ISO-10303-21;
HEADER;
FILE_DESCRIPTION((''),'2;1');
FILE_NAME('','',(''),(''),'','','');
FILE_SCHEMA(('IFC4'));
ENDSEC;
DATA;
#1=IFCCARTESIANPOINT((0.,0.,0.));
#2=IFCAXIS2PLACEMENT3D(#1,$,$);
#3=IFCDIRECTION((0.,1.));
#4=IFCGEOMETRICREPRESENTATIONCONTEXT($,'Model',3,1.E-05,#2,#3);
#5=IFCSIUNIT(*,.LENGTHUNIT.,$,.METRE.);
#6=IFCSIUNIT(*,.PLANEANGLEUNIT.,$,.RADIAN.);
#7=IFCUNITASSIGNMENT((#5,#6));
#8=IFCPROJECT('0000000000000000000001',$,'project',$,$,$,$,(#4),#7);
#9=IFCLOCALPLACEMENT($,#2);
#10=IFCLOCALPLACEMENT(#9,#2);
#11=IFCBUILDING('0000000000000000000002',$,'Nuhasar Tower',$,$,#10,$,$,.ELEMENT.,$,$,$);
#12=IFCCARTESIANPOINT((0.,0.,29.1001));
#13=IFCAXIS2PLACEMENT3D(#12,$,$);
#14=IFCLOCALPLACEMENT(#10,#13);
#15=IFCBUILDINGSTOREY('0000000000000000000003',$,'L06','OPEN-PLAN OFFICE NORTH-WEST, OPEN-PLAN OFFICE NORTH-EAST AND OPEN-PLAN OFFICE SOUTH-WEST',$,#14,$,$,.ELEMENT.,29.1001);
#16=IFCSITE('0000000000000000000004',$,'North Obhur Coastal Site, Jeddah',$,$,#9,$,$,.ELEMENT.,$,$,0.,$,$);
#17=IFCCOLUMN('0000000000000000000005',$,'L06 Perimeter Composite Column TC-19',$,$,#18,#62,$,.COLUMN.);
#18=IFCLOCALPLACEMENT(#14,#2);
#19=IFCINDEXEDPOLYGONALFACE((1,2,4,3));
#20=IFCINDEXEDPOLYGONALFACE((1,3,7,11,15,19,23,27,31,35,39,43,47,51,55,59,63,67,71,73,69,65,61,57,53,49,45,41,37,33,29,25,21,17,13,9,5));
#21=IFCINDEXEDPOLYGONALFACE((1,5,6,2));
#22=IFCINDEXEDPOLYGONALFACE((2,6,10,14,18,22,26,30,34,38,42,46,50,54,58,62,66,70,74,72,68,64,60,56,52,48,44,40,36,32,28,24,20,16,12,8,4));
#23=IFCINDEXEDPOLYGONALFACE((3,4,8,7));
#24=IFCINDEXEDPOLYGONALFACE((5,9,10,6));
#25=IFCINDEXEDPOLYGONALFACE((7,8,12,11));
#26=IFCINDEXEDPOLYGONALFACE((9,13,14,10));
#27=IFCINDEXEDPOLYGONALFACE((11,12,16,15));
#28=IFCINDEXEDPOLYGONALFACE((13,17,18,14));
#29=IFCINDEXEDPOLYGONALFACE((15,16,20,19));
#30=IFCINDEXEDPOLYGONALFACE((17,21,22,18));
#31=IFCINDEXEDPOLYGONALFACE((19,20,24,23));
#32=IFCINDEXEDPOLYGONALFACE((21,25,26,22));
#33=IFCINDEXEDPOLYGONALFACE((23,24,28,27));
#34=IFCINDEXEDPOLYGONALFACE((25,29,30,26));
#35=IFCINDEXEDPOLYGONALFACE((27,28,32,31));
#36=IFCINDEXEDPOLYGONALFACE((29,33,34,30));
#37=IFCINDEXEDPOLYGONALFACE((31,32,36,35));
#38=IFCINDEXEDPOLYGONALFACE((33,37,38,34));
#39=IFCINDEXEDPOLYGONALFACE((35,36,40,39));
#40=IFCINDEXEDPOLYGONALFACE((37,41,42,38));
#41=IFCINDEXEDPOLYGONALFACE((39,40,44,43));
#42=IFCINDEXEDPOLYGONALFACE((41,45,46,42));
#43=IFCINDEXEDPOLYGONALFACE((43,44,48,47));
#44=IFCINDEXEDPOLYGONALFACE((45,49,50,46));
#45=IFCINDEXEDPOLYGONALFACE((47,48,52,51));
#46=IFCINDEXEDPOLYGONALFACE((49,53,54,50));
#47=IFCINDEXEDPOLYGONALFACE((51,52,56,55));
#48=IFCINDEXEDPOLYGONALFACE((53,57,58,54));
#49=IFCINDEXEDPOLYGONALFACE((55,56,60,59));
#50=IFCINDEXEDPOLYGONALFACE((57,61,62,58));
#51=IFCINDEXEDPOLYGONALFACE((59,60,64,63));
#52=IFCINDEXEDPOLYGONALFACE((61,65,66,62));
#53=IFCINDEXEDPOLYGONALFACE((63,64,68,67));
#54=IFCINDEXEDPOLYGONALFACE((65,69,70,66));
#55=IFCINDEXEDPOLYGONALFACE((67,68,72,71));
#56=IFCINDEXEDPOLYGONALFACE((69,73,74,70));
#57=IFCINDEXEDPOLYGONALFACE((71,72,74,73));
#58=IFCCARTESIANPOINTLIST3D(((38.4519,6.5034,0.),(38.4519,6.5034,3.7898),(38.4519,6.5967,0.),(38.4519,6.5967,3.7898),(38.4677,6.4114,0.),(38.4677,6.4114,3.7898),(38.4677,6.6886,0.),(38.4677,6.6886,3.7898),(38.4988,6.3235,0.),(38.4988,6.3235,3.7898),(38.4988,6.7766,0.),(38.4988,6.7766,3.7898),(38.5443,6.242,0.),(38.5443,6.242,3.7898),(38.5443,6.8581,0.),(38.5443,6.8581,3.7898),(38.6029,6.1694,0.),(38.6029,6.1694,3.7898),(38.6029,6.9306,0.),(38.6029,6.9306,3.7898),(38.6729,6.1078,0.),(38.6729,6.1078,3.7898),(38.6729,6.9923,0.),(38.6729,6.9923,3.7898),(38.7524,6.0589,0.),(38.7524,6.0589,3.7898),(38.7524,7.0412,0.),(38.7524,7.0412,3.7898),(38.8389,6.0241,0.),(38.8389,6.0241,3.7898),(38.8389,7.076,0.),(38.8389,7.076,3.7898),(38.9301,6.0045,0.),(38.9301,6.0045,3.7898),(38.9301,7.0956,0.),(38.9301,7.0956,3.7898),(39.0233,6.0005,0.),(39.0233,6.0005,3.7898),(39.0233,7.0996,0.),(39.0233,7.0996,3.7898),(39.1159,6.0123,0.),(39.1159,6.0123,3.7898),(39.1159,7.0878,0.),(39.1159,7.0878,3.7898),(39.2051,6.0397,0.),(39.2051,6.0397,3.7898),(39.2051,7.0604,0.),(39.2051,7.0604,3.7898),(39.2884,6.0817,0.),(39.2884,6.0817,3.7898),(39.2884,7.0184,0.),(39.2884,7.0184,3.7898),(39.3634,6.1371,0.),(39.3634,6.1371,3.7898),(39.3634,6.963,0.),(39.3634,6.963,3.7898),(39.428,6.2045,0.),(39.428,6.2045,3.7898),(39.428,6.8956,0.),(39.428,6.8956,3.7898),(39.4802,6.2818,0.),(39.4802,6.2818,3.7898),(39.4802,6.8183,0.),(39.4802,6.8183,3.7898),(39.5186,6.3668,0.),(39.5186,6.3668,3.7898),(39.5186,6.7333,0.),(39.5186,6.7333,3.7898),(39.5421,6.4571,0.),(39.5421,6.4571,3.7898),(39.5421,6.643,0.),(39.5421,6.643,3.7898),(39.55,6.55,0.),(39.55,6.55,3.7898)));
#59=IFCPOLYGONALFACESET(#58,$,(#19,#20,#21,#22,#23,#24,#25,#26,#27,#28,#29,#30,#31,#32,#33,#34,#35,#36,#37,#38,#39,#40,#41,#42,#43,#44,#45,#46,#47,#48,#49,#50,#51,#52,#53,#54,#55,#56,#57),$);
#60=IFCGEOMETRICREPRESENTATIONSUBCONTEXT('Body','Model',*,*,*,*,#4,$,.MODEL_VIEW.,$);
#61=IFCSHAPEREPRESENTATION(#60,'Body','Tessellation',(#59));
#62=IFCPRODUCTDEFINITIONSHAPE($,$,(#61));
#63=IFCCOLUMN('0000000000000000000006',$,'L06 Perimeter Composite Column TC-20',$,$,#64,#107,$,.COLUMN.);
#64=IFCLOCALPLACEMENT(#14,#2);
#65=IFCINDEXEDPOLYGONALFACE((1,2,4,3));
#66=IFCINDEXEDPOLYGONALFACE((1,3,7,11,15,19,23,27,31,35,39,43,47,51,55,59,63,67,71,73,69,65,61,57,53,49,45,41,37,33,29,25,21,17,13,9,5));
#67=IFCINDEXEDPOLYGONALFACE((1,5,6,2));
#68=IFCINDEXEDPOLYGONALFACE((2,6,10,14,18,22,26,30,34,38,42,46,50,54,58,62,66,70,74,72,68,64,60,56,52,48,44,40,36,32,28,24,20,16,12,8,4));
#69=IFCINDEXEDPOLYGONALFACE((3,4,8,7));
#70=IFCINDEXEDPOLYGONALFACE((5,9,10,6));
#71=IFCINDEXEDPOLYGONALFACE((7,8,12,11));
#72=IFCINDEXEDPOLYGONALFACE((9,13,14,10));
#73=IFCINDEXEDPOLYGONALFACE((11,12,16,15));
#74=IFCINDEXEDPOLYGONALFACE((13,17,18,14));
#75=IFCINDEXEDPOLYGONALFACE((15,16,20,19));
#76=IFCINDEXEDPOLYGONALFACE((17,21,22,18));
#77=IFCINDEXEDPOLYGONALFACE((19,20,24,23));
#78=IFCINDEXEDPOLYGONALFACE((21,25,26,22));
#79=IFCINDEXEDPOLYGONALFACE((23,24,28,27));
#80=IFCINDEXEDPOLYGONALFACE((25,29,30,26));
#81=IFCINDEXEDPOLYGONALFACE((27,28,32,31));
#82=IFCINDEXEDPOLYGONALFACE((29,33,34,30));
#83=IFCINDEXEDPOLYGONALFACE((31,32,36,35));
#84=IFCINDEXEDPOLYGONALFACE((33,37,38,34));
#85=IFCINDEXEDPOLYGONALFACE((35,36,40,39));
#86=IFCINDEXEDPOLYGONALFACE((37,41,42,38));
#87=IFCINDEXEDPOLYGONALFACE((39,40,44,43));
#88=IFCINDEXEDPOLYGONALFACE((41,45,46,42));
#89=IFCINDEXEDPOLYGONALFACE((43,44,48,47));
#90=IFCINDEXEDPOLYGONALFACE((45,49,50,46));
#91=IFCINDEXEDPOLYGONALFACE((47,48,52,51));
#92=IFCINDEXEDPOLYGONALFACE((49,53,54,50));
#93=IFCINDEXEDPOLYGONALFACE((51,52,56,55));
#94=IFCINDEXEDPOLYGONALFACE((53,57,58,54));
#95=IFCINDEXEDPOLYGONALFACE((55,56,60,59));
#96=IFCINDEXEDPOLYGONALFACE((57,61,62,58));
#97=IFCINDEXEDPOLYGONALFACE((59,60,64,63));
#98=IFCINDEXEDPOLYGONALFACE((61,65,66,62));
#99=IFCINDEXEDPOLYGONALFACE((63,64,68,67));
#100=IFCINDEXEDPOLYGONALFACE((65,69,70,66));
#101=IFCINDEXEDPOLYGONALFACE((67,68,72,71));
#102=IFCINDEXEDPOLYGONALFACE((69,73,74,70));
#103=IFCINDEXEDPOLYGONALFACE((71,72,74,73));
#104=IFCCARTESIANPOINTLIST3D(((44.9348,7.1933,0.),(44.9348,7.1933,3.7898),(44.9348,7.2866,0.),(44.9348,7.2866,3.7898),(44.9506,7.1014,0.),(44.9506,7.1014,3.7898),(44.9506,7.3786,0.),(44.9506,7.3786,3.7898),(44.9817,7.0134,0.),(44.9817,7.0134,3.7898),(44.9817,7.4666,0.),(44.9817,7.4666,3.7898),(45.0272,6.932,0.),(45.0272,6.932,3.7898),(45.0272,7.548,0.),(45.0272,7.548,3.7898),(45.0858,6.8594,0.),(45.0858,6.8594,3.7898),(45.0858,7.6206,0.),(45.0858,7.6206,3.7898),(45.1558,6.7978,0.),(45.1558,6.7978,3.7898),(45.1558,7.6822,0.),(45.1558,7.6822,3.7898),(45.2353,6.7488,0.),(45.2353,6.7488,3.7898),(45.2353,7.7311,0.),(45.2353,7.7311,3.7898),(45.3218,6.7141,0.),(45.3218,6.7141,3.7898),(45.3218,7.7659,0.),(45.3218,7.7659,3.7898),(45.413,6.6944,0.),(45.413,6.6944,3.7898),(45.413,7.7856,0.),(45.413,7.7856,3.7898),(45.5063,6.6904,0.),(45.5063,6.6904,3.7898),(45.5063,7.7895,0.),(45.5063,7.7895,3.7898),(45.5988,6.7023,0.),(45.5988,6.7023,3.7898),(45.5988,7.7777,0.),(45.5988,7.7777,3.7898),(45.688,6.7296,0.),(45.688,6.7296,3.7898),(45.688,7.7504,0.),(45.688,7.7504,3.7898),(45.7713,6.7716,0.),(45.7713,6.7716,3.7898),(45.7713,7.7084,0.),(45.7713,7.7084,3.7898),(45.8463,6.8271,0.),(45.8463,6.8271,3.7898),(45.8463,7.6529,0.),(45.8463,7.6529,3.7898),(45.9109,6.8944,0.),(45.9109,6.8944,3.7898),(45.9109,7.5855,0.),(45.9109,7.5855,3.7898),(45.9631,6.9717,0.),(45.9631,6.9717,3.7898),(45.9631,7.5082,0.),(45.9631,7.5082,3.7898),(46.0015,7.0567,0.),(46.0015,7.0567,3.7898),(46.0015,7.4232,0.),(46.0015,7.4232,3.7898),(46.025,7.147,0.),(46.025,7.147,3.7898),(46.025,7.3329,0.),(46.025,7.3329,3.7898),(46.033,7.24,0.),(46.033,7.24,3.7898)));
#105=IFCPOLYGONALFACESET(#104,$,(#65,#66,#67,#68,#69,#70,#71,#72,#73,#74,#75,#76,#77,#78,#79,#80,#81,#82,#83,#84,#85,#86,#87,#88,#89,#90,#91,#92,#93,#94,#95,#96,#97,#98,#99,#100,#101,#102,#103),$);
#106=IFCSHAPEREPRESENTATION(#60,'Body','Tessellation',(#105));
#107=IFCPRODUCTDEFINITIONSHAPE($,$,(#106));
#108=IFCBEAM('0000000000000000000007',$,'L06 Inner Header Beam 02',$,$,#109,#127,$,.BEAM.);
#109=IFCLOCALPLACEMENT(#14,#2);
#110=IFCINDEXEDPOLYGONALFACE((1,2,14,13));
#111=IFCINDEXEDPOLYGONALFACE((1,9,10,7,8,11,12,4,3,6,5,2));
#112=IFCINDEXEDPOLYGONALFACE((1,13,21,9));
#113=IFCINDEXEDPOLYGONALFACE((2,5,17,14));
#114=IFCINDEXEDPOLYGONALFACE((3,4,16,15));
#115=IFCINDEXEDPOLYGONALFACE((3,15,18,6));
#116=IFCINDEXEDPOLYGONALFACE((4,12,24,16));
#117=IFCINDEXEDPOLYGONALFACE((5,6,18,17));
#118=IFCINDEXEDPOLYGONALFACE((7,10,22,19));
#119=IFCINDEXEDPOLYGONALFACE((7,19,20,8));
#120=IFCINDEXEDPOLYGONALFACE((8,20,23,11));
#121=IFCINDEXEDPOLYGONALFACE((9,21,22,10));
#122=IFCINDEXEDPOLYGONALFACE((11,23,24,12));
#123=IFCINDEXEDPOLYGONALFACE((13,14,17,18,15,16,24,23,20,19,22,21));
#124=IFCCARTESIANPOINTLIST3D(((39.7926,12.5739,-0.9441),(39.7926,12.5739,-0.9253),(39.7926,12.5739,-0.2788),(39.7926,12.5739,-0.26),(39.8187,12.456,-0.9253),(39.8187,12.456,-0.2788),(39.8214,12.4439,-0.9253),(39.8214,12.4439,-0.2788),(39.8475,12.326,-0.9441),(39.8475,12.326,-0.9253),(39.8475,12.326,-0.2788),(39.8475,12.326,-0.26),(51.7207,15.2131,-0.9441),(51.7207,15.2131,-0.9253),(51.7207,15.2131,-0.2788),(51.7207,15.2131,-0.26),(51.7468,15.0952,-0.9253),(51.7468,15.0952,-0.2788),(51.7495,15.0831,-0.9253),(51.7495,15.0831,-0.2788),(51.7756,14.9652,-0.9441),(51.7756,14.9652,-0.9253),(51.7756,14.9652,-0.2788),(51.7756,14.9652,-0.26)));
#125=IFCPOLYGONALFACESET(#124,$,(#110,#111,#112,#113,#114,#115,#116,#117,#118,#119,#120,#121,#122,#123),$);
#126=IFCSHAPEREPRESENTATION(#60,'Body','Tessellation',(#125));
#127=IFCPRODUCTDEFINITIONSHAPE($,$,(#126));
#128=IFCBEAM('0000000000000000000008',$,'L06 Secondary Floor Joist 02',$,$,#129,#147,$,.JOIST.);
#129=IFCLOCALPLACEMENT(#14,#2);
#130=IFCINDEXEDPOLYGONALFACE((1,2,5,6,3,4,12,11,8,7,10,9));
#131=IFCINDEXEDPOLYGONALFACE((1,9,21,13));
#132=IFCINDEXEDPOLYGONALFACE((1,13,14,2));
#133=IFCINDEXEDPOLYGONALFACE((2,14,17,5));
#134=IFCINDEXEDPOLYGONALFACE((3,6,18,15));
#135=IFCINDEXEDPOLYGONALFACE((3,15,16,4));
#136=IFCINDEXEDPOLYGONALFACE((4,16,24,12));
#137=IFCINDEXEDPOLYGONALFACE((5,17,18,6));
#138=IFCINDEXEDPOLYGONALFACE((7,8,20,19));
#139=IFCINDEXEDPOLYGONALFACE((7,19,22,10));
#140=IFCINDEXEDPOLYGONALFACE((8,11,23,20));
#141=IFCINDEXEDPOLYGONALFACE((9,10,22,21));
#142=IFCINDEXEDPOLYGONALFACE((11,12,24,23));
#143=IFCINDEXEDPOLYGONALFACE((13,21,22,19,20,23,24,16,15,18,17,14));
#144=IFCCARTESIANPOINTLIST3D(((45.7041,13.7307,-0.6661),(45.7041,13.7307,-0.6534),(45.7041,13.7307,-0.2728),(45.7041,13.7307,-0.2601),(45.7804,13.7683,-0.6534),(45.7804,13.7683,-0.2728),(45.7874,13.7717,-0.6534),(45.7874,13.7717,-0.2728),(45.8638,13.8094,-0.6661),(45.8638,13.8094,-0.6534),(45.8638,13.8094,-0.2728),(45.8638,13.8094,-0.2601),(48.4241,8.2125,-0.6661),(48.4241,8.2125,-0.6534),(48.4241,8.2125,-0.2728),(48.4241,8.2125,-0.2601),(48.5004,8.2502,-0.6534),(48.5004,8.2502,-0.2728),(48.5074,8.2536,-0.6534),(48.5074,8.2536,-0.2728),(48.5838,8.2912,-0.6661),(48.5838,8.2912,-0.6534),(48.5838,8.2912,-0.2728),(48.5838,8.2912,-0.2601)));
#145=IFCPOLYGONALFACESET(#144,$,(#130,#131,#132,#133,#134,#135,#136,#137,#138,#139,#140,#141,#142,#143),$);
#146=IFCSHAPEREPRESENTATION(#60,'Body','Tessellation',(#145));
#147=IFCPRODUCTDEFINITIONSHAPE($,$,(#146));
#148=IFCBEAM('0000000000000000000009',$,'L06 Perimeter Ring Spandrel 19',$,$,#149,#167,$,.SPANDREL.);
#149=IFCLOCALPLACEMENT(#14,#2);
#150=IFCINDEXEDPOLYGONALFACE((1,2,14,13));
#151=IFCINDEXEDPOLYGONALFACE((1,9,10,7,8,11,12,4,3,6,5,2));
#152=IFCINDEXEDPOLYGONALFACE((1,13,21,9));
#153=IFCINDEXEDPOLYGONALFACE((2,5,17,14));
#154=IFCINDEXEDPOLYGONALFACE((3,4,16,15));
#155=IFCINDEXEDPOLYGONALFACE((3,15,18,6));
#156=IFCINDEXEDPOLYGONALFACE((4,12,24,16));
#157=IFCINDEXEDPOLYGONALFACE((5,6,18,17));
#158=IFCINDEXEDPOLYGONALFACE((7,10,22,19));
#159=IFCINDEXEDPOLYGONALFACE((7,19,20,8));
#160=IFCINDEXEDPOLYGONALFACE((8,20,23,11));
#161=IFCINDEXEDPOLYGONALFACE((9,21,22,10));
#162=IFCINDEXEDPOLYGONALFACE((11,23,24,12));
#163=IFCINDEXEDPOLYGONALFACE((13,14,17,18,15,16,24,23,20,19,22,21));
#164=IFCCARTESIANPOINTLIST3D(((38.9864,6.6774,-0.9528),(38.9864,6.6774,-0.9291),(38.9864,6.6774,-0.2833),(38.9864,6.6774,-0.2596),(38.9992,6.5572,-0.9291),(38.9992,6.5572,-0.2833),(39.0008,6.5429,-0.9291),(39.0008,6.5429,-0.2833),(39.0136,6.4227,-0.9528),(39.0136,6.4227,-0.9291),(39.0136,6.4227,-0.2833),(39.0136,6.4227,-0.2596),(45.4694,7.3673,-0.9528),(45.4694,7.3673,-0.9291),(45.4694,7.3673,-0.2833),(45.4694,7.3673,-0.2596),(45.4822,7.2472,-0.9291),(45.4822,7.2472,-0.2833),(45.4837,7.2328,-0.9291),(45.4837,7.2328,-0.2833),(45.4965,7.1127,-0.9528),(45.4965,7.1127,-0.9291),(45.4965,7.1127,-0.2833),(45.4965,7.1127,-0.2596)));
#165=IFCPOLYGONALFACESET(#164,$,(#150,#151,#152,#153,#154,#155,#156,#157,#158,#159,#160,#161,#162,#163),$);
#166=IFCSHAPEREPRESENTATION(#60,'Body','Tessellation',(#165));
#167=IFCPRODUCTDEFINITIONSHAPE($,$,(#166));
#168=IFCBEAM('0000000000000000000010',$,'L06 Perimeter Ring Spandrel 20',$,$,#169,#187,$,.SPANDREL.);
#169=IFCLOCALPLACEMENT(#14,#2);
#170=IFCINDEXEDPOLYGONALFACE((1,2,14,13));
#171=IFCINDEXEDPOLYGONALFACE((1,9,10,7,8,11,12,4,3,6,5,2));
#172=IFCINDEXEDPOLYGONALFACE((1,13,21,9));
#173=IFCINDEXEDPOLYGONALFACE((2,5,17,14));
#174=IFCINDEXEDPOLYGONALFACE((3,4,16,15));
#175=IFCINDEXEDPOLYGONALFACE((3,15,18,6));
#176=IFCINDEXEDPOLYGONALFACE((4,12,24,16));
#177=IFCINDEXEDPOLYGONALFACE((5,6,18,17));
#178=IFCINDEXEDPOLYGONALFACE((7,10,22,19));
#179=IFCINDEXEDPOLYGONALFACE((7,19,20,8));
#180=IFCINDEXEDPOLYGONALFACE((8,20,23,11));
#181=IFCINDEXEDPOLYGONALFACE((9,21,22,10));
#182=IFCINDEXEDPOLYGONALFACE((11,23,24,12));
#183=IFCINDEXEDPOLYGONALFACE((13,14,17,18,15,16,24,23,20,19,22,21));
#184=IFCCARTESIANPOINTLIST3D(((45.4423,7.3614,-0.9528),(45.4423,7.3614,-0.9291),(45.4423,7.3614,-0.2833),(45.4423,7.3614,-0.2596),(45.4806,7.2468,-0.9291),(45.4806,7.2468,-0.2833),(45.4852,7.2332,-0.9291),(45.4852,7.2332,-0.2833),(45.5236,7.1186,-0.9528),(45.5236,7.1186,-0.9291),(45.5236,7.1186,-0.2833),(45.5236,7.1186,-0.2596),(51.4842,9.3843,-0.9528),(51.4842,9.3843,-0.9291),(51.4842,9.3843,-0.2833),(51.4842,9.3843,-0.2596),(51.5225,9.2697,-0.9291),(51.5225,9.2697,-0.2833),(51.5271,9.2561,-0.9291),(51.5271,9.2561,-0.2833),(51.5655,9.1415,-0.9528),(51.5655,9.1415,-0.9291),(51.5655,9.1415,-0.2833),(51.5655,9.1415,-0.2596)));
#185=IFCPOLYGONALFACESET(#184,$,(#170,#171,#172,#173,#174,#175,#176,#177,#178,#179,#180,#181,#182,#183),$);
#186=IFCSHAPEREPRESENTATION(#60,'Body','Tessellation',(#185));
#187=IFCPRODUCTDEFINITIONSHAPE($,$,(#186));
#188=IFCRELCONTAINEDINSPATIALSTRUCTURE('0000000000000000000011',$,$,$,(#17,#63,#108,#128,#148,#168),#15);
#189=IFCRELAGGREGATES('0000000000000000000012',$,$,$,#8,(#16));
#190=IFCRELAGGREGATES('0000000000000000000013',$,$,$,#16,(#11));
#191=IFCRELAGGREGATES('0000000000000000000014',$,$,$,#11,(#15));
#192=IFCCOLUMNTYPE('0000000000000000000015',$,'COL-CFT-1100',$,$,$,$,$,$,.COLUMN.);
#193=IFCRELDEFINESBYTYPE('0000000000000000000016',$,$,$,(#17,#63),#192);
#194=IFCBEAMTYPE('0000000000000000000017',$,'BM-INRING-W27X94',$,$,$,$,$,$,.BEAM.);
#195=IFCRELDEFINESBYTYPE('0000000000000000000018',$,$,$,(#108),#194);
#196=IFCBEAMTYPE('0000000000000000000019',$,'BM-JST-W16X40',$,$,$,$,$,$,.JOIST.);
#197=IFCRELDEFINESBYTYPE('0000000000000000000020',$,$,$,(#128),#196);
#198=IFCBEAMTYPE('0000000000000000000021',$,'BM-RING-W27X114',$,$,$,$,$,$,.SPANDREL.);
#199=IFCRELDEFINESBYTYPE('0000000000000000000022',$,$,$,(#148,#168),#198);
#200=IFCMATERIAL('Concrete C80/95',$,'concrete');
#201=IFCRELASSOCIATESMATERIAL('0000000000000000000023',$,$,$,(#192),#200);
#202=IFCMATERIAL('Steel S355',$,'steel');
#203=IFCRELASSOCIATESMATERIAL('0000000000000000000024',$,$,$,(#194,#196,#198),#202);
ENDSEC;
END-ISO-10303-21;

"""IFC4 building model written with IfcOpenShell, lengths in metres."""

from ifc_helpers import new_model, si_unit, direction, frame, origin, origin_2d, place, context, subcontext, project, spatial, circle, i_section, extrude, material, material_profile, profile_set, type_object, element, save


model = new_model("IFC4")

# Units and contexts
model_context = context("Model", 3, precision=1e-05, world=origin(), true_north=direction((0.0, 1.0)))
body_context = subcontext(model_context, "Body", "Model", "MODEL_VIEW")
ifc_project = project(units=[si_unit("LENGTHUNIT", "METRE"), si_unit("PLANEANGLEUNIT", "RADIAN")], contexts=[model_context])

# Site, building, storey
site_placement = place(None, origin())
site = spatial("IfcSite", under=ifc_project, at=site_placement, Name="North Obhur Coastal Site, Jeddah", CompositionType="ELEMENT", RefElevation=0.0)
building_placement = place(site_placement, origin())
building = spatial("IfcBuilding", under=site, at=building_placement, Name="Nuhasar Tower", CompositionType="ELEMENT")
storey_placement = place(building_placement, frame((0.0, 0.0, 29.1001)))
storey = spatial("IfcBuildingStorey", under=building, at=storey_placement, Name="L06", Description="OPEN-PLAN OFFICE NORTH-WEST, OPEN-PLAN OFFICE NORTH-EAST AND OPEN-PLAN OFFICE SOUTH-WEST", CompositionType="ELEMENT", Elevation=29.1001)

# Columns
ifc_material_1 = material(Name="Concrete C80/95", Category="concrete")
ifc_material_profile_1 = material_profile(ifc_material_1, circle(Radius=0.55, at=origin_2d()), Name="CFT1100")
ifc_profile_set_1 = profile_set([ifc_material_profile_1], Name="Concrete C80/95")
column_type = type_object("IfcColumnType", Name="COL-CFT-1100", PredefinedType="COLUMN", material=ifc_profile_set_1)
for number, where, z_axis, x_axis, name in (
    (1, (39.0, 6.55, 0.0), (0.0, 0.0, 1.0), (1.0, 0.0, 0.0), "L06 Perimeter Composite Column TC-19"),
    (2, (45.4829, 7.24, 0.0), (0.0, 0.0, 1.0), (1.0, 0.0, 0.0), "L06 Perimeter Composite Column TC-20"),
):
    element("IfcColumn", number, at=place(storey_placement, frame(where, z_axis=z_axis, x_axis=x_axis)), inside=storey, type_object=column_type, Name=name, PredefinedType="COLUMN", context=body_context, shape_type="SweptSolid", body=[
        extrude(circle(Radius=0.55, at=origin_2d()), origin(), (0.0, 0.0, 1.0), 3.7898),
    ])

# Beams
ifc_material_2 = material(Name="Steel S355", Category="steel")
ifc_material_profile_2 = material_profile(ifc_material_2, i_section(OverallWidth=0.2539, OverallDepth=0.6841, WebThickness=0.0125, FlangeThickness=0.0188, at=origin_2d()), Name="W27X94")
ifc_profile_set_2 = profile_set([ifc_material_profile_2], Name="Steel S355")
beam_type_1 = type_object("IfcBeamType", Name="BM-INRING-W27X94", PredefinedType="BEAM", material=ifc_profile_set_2)
beam_1_placement = place(storey_placement, frame((39.8201, 12.45, -0.6021), z_axis=(0.976386, 0.216033, 0.0), x_axis=(-0.216033, 0.976386, 0.0)))
element("IfcBeam", 3, at=beam_1_placement, inside=storey, type_object=beam_type_1, Name="L06 Inner Header Beam 02", PredefinedType="BEAM", context=body_context, shape_type="SweptSolid", body=[
    extrude(i_section(OverallWidth=0.2539, OverallDepth=0.6841, WebThickness=0.0125, FlangeThickness=0.0188, at=origin_2d()), origin(), (0.0, 0.0, 1.0), 12.2166),
])
ifc_material_profile_3 = material_profile(ifc_material_2, i_section(OverallWidth=0.178, OverallDepth=0.406, WebThickness=0.0078, FlangeThickness=0.0127, at=origin_2d()), Name="W16X40")
ifc_profile_set_3 = profile_set([ifc_material_profile_3], Name="Steel S355")
beam_type_2 = type_object("IfcBeamType", Name="BM-JST-W16X40", PredefinedType="JOIST", material=ifc_profile_set_3)
beam_2_placement = place(storey_placement, frame((45.7839, 13.77, -0.4631), z_axis=(0.442127, -0.896953, 0.0), x_axis=(0.896953, 0.442127, 0.0)))
element("IfcBeam", 4, at=beam_2_placement, inside=storey, type_object=beam_type_2, Name="L06 Secondary Floor Joist 02", PredefinedType="JOIST", context=body_context, shape_type="SweptSolid", body=[
    extrude(i_section(OverallWidth=0.178, OverallDepth=0.406, WebThickness=0.0078, FlangeThickness=0.0127, at=origin_2d()), origin(), (0.0, 0.0, 1.0), 6.1521),
])
ifc_material_profile_4 = material_profile(ifc_material_2, i_section(OverallWidth=0.2561, OverallDepth=0.6931, WebThickness=0.0144, FlangeThickness=0.0237, at=origin_2d()), Name="W27X114")
ifc_profile_set_4 = profile_set([ifc_material_profile_4], Name="Steel S355")
beam_type_3 = type_object("IfcBeamType", Name="BM-RING-W27X114", PredefinedType="SPANDREL", material=ifc_profile_set_4)
beam_3_placement = place(storey_placement, frame((39.0, 6.55, -0.6062), z_axis=(0.994385, 0.105827, 0.0), x_axis=(-0.105827, 0.994385, 0.0)))
element("IfcBeam", 5, at=beam_3_placement, inside=storey, type_object=beam_type_3, Name="L06 Perimeter Ring Spandrel 19", PredefinedType="SPANDREL", context=body_context, shape_type="SweptSolid", body=[
    extrude(i_section(OverallWidth=0.2561, OverallDepth=0.6931, WebThickness=0.0144, FlangeThickness=0.0237, at=origin_2d()), origin(), (0.0, 0.0, 1.0), 6.5195),
])
beam_4_placement = place(storey_placement, frame((45.4829, 7.24, -0.6062), z_axis=(0.948261, 0.317492, 0.0), x_axis=(-0.317492, 0.948261, 0.0)))
element("IfcBeam", 6, at=beam_4_placement, inside=storey, type_object=beam_type_3, Name="L06 Perimeter Ring Spandrel 20", PredefinedType="SPANDREL", context=body_context, shape_type="SweptSolid", body=[
    extrude(i_section(OverallWidth=0.2561, OverallDepth=0.6931, WebThickness=0.0144, FlangeThickness=0.0237, at=origin_2d()), origin(), (0.0, 0.0, 1.0), 6.3716),
])

save(model, "model.ifc")
